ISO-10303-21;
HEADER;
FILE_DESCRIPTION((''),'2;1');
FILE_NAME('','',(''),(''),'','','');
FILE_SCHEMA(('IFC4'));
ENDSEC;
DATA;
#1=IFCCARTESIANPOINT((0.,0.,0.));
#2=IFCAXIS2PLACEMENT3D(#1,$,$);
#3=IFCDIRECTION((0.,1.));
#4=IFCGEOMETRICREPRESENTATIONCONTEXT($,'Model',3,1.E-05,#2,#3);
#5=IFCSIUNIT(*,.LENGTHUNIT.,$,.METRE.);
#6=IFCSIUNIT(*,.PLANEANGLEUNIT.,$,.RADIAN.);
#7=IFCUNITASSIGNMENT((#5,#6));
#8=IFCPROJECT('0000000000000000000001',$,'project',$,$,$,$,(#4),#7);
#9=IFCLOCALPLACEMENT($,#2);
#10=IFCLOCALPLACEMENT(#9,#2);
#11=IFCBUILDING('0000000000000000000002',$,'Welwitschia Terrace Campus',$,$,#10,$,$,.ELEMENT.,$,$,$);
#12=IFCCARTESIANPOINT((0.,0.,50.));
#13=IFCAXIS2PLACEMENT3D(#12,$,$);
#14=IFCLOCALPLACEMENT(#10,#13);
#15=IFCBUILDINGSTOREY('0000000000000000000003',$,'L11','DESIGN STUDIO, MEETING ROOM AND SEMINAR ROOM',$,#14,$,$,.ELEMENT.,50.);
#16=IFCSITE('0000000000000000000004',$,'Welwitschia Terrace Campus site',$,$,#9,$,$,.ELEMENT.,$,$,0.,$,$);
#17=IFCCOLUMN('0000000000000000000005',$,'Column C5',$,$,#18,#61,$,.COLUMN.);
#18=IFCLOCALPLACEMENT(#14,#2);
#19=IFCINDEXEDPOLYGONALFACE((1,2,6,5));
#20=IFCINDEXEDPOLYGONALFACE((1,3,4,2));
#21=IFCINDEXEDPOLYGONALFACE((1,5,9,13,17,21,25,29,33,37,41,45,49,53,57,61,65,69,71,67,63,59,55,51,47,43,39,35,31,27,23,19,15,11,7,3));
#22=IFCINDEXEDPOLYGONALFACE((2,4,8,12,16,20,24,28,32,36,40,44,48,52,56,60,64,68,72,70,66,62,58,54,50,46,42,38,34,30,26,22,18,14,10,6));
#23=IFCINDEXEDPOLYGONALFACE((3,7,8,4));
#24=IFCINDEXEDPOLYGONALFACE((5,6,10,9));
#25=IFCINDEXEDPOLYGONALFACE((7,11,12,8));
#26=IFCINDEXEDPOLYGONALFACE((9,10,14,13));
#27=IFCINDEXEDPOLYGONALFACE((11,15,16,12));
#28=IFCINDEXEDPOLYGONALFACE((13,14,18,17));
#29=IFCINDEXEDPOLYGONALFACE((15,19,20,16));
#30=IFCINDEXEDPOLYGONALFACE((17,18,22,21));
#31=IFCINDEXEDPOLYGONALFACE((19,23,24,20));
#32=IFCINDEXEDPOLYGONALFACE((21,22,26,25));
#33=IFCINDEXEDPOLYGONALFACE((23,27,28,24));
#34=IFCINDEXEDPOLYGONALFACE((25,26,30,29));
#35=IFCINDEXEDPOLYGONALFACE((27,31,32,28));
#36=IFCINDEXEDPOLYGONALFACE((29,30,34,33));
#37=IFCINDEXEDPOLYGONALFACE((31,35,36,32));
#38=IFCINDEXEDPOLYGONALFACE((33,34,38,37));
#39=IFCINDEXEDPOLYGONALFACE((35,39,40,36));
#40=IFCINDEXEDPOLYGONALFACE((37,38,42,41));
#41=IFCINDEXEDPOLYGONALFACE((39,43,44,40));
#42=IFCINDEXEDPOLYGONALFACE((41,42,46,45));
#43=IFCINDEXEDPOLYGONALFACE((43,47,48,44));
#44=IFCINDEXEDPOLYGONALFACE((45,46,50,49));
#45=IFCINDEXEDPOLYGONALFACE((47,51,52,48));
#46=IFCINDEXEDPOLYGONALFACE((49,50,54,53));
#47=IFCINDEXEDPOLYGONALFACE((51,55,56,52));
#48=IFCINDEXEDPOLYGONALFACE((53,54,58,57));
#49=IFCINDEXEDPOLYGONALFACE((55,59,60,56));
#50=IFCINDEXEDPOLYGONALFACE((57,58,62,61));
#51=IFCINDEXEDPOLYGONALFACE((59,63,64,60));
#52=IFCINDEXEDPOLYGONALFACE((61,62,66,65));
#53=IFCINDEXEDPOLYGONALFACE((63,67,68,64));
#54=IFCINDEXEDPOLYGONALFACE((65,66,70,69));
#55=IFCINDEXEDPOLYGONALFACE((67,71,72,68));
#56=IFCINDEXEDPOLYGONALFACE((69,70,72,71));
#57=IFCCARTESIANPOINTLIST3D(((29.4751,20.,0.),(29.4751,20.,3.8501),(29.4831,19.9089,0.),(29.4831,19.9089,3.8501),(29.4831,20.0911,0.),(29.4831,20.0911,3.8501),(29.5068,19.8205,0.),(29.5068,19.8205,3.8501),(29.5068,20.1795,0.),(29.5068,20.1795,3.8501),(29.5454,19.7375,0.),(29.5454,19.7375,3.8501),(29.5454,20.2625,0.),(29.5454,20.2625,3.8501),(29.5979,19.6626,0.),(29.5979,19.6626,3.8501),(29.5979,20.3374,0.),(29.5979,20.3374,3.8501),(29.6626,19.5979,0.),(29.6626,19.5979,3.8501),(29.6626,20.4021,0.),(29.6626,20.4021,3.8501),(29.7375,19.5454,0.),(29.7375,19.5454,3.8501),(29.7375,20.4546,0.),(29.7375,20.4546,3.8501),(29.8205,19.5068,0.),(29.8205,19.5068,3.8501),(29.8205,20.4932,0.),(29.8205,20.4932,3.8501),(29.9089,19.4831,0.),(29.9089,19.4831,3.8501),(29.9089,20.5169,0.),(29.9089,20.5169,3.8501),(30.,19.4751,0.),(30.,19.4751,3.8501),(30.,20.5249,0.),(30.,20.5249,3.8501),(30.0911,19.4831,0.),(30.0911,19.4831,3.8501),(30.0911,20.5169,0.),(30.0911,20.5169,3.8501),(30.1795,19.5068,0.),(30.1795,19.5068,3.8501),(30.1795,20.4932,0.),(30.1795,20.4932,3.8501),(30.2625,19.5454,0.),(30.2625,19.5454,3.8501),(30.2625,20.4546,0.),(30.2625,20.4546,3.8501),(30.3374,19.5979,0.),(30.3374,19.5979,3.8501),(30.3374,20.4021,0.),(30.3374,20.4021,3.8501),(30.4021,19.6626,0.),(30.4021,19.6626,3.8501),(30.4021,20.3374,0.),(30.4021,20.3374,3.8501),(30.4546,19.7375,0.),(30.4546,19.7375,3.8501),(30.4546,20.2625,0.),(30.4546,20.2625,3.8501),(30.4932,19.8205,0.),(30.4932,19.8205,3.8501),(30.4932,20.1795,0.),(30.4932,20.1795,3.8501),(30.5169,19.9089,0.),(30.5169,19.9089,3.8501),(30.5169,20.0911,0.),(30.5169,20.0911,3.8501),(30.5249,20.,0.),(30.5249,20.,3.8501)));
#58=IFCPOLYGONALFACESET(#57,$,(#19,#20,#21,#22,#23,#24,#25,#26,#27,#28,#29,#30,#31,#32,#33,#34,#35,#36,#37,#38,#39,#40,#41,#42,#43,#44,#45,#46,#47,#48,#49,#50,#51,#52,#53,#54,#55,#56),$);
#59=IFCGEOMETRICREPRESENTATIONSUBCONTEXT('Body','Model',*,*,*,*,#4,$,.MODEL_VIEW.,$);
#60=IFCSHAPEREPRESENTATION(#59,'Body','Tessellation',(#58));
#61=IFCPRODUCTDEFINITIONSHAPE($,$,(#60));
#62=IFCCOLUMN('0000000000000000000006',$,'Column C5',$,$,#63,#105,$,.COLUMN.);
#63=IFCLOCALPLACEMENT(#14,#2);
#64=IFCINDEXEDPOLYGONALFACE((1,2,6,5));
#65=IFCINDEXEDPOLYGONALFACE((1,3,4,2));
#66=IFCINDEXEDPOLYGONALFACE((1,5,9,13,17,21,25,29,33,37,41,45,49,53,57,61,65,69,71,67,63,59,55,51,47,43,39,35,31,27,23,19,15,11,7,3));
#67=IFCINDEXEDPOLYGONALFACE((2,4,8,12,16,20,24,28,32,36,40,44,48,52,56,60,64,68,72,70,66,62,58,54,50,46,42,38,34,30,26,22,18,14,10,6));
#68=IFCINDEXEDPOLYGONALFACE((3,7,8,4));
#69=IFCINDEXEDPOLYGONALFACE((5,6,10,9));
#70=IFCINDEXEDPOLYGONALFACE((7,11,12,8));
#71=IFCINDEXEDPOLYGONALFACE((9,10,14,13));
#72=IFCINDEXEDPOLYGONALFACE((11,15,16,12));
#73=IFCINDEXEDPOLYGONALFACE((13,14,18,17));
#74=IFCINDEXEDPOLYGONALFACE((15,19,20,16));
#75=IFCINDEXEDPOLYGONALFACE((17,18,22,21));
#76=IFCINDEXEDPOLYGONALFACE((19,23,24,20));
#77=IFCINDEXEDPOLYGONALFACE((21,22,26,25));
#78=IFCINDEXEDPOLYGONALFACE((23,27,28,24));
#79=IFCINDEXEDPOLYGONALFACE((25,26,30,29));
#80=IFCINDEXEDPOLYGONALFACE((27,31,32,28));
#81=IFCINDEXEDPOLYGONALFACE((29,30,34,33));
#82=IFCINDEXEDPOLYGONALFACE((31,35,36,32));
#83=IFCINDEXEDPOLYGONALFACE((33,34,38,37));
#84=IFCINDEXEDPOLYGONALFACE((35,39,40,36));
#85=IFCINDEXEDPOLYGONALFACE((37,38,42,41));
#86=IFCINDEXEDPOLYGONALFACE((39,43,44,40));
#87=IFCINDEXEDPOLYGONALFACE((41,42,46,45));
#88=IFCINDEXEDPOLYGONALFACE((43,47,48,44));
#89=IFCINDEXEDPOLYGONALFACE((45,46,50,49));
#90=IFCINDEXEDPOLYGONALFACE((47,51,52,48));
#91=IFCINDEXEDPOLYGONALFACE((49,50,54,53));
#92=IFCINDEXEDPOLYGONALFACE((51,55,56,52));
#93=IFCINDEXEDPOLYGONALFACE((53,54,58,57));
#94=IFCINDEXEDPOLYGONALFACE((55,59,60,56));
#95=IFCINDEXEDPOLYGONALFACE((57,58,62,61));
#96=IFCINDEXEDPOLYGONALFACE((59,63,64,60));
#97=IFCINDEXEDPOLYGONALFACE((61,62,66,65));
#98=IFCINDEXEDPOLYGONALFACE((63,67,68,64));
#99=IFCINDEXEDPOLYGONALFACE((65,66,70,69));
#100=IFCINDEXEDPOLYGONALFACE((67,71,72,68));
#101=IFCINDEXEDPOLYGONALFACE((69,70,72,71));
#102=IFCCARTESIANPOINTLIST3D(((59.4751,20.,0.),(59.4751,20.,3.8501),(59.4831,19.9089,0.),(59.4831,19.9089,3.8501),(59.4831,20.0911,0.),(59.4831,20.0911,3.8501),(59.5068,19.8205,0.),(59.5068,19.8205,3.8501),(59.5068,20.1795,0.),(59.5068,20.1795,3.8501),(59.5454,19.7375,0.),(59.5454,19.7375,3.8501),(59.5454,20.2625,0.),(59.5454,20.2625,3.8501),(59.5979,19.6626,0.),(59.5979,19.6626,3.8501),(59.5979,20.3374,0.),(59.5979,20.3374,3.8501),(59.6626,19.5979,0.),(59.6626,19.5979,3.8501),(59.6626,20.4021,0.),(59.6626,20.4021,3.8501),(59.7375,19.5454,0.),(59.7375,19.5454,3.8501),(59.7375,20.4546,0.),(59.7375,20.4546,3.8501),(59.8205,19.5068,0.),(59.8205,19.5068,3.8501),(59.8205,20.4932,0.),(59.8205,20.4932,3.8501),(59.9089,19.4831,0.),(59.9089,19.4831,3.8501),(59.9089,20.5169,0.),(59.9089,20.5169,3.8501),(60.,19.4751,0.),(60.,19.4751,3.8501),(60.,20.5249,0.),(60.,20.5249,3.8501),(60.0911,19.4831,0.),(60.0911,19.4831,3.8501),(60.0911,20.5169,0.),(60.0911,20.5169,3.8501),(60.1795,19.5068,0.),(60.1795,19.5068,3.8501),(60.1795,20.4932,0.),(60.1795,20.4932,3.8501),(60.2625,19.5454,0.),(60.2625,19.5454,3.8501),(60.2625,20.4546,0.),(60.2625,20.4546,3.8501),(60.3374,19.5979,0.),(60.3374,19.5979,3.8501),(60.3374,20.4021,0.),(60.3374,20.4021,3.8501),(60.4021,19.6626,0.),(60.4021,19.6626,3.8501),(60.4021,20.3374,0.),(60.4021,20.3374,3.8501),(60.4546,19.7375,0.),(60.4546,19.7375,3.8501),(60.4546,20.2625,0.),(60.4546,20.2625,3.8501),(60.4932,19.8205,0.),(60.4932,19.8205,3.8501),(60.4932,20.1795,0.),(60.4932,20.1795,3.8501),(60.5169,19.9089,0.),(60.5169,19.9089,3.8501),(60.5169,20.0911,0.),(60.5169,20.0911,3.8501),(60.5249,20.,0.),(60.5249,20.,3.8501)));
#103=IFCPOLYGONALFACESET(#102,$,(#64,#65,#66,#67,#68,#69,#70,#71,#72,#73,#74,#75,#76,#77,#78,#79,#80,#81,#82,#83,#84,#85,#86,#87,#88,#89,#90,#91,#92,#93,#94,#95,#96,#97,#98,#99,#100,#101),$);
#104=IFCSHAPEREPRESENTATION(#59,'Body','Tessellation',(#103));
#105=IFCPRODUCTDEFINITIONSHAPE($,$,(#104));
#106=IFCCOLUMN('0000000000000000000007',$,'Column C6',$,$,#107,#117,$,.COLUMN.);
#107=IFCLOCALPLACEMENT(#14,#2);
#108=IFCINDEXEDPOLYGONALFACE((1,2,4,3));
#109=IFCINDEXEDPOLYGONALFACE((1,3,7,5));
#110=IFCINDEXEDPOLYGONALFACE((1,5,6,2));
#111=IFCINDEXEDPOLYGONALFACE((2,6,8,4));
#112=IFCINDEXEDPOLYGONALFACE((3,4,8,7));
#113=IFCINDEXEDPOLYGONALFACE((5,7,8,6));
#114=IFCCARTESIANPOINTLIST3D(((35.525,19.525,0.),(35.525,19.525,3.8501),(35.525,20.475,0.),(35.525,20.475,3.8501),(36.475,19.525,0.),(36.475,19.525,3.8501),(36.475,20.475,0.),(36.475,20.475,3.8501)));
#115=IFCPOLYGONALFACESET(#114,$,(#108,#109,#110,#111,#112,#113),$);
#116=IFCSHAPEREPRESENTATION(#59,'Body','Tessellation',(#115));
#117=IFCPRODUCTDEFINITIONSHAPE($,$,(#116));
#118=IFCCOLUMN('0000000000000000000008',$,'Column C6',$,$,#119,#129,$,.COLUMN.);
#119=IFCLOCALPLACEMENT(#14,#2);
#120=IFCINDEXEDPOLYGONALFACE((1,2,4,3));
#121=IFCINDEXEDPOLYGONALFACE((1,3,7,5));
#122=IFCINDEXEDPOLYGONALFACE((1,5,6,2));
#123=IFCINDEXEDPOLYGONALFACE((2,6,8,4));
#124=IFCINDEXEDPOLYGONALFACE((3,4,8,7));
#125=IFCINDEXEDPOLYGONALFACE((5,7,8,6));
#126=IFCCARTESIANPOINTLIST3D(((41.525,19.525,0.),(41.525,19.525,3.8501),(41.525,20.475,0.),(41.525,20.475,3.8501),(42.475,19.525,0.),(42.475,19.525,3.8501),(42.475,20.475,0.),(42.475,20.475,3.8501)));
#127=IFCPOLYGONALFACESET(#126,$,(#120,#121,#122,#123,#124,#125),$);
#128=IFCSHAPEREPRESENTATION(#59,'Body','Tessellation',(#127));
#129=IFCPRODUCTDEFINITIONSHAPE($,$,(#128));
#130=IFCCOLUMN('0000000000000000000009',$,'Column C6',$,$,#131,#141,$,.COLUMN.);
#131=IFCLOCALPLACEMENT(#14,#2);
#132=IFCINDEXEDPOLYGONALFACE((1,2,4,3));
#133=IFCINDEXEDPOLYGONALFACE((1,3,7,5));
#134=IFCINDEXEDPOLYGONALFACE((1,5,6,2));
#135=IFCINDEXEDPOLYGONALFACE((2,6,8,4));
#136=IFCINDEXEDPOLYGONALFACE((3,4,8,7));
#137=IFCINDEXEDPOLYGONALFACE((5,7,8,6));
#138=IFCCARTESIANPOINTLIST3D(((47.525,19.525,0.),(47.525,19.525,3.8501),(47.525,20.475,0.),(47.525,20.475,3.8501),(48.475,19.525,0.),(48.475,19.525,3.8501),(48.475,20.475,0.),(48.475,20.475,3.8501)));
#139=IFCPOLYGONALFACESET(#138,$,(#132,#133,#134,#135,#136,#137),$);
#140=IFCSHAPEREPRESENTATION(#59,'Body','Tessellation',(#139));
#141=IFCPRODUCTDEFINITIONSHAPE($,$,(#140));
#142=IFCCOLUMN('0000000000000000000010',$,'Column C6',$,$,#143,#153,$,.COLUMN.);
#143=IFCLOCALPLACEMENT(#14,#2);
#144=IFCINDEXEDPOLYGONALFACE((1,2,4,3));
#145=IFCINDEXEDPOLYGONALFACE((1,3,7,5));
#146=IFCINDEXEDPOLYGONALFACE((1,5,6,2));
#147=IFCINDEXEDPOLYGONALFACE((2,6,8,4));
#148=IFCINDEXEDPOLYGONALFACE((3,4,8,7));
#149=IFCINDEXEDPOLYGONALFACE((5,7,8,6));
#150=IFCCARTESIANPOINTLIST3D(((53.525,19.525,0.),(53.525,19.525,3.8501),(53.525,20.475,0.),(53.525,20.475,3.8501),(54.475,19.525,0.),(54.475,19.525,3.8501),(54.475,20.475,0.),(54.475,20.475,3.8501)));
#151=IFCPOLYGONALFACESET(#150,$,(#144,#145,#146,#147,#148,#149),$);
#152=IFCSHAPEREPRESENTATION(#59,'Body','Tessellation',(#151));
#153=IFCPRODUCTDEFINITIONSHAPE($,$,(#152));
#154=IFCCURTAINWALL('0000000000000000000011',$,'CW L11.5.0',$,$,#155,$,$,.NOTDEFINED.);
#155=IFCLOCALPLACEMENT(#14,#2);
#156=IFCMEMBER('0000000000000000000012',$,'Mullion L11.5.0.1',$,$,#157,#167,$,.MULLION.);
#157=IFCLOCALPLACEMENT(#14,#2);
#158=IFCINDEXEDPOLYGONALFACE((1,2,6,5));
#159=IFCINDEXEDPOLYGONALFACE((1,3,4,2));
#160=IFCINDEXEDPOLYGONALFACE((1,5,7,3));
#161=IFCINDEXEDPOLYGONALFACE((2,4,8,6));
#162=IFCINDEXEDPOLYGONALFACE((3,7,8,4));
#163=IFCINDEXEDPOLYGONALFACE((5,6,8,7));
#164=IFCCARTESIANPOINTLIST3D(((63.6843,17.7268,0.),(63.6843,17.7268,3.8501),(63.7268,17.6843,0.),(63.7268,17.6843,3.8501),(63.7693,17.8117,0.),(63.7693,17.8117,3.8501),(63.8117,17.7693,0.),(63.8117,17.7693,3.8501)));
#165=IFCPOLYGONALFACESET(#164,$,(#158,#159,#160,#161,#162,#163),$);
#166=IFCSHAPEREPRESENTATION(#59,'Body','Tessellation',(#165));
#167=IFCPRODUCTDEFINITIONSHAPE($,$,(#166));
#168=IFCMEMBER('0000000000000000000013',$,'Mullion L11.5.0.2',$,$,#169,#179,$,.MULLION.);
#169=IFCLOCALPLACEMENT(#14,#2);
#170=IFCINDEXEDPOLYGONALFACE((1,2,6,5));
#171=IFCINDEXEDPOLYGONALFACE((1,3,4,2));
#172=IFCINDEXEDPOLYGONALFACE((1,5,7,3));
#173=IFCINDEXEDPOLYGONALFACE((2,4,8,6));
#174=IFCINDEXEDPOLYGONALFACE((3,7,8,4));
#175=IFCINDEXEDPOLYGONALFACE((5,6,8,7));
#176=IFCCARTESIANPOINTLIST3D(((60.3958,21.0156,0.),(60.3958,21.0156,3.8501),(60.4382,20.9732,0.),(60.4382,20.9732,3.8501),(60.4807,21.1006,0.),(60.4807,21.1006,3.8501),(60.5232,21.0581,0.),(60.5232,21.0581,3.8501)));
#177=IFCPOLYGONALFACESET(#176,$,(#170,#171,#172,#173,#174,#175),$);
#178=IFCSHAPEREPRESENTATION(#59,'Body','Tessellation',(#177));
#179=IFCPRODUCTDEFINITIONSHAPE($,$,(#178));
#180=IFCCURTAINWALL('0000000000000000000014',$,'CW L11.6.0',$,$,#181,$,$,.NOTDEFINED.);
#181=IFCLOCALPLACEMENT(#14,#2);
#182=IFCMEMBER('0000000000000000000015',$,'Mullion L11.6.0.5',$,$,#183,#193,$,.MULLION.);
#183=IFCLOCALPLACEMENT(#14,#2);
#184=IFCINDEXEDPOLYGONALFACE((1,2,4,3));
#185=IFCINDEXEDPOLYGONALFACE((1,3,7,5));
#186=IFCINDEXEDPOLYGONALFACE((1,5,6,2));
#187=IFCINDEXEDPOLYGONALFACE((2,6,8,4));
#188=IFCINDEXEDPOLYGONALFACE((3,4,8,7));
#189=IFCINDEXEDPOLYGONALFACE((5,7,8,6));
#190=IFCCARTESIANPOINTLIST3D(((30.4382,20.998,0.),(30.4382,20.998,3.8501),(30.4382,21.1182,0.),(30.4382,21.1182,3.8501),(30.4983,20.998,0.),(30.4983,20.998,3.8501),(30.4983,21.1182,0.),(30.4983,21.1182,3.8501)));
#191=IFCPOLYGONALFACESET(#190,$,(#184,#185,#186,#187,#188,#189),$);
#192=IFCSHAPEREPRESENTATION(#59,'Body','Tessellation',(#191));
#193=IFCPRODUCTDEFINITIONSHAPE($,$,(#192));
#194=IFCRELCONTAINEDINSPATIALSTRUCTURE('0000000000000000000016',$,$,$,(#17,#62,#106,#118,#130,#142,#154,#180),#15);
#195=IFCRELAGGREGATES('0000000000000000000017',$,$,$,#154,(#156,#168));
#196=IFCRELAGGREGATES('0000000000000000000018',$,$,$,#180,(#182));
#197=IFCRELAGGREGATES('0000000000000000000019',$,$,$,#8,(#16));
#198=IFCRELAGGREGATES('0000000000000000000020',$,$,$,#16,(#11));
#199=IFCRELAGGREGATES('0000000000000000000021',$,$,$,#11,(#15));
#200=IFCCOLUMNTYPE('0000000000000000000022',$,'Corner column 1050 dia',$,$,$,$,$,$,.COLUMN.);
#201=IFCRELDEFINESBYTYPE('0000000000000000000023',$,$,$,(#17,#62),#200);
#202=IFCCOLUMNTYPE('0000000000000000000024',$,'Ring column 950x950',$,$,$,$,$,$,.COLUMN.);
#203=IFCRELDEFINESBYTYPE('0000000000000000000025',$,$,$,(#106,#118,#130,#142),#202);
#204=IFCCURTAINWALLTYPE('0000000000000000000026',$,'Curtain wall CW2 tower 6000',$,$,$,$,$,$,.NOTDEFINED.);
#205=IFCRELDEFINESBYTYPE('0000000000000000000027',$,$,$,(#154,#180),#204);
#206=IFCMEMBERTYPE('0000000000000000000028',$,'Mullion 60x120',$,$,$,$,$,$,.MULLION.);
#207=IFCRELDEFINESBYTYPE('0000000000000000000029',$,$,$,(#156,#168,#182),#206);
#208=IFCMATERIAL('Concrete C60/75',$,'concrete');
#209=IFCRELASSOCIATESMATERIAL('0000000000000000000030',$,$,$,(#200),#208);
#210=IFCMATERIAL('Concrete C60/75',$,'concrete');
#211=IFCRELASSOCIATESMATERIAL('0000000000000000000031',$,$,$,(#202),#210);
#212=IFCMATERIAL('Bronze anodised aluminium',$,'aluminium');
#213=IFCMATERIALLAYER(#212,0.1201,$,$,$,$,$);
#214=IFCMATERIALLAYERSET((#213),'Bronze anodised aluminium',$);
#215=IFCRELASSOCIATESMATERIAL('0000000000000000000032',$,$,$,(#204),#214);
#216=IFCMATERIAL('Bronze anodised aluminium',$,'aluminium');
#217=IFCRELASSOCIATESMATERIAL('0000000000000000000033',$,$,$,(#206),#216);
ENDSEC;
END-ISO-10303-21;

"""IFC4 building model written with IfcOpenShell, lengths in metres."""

from ifc_helpers import new_model, si_unit, direction, frame, origin, origin_2d, place, context, subcontext, project, spatial, rectangle, circle, extrude, material, layer, layer_set, material_profile, profile_set, type_object, element, aggregate, save


model = new_model("IFC4")

# Units and contexts
model_context = context("Model", 3, precision=1e-05, world=origin(), true_north=direction((0.0, 1.0)))
body_context = subcontext(model_context, "Body", "Model", "MODEL_VIEW")
ifc_project = project(units=[si_unit("LENGTHUNIT", "METRE"), si_unit("PLANEANGLEUNIT", "RADIAN")], contexts=[model_context])

# Site, building, storey
site_placement = place(None, origin())
site = spatial("IfcSite", under=ifc_project, at=site_placement, Name="Welwitschia Terrace Campus site", CompositionType="ELEMENT", RefElevation=0.0)
building_placement = place(site_placement, origin())
building = spatial("IfcBuilding", under=site, at=building_placement, Name="Welwitschia Terrace Campus", CompositionType="ELEMENT")
storey_placement = place(building_placement, frame((0.0, 0.0, 50.0)))
storey = spatial("IfcBuildingStorey", under=building, at=storey_placement, Name="L11", Description="DESIGN STUDIO, MEETING ROOM AND SEMINAR ROOM", CompositionType="ELEMENT", Elevation=50.0)

# Columns
ifc_material_1 = material(Name="Concrete C60/75", Category="concrete")
ifc_material_profile_1 = material_profile(ifc_material_1, circle(Radius=0.5249, at=origin_2d()))
ifc_profile_set_1 = profile_set([ifc_material_profile_1], Name="Concrete C60/75")
column_type_1 = type_object("IfcColumnType", Name="Corner column 1050 dia", PredefinedType="COLUMN", material=ifc_profile_set_1)
for number, where, z_axis, x_axis, name in (
    (1, (30.0, 20.0, 0.0), (0.0, 0.0, 1.0), (1.0, 0.0, 0.0), "Column C5"),
    (2, (60.0, 20.0, 0.0), (0.0, 0.0, 1.0), (1.0, 0.0, 0.0), "Column C5"),
):
    element("IfcColumn", number, at=place(storey_placement, frame(where, z_axis=z_axis, x_axis=x_axis)), inside=storey, type_object=column_type_1, Name=name, PredefinedType="COLUMN", context=body_context, shape_type="SweptSolid", body=[
        extrude(circle(Radius=0.5249, at=origin_2d()), origin(), (0.0, 0.0, 1.0), 3.8501),
    ])
ifc_material_2 = material(Name="Concrete C60/75", Category="concrete")
ifc_material_profile_2 = material_profile(ifc_material_2, rectangle(XDim=0.95, YDim=0.95, at=origin_2d()))
ifc_profile_set_2 = profile_set([ifc_material_profile_2], Name="Concrete C60/75")
column_type_2 = type_object("IfcColumnType", Name="Ring column 950x950", PredefinedType="COLUMN", material=ifc_profile_set_2)
for number, where, z_axis, x_axis, name in (
    (3, (36.0, 20.0, 0.0), (0.0, 0.0, 1.0), (1.0, 0.0, 0.0), "Column C6"),
    (4, (42.0, 20.0, 0.0), (0.0, 0.0, 1.0), (1.0, 0.0, 0.0), "Column C6"),
    (5, (48.0, 20.0, 0.0), (0.0, 0.0, 1.0), (1.0, 0.0, 0.0), "Column C6"),
    (6, (54.0, 20.0, 0.0), (0.0, 0.0, 1.0), (1.0, 0.0, 0.0), "Column C6"),
):
    element("IfcColumn", number, at=place(storey_placement, frame(where, z_axis=z_axis, x_axis=x_axis)), inside=storey, type_object=column_type_2, Name=name, PredefinedType="COLUMN", context=body_context, shape_type="SweptSolid", body=[
        extrude(rectangle(XDim=0.95, YDim=0.95, at=origin_2d()), origin(), (0.0, 0.0, 1.0), 3.8501),
    ])

# Curtain wall, members
ifc_material_3 = material(Name="Bronze anodised aluminium", Category="aluminium")
ifc_layer_1 = layer(ifc_material_3, 0.1201)
ifc_layer_set_1 = layer_set([ifc_layer_1], Name="Bronze anodised aluminium")
curtain_wall_type = type_object("IfcCurtainWallType", Name="Curtain wall CW2 tower 6000", PredefinedType="NOTDEFINED", material=ifc_layer_set_1)
curtain_wall_1_placement = place(storey_placement, origin())
curtain_wall_1 = element("IfcCurtainWall", 7, at=curtain_wall_1_placement, inside=storey, type_object=curtain_wall_type, Name="CW L11.5.0", PredefinedType="NOTDEFINED")
ifc_material_4 = material(Name="Bronze anodised aluminium", Category="aluminium")
ifc_material_profile_3 = material_profile(ifc_material_4, rectangle(XDim=0.1201, YDim=0.0601, at=origin_2d()))
ifc_profile_set_3 = profile_set([ifc_material_profile_3], Name="Bronze anodised aluminium")
member_type_1 = type_object("IfcMemberType", Name="Mullion 60x120", PredefinedType="MULLION", material=ifc_profile_set_3)
member_1_placement = place(storey_placement, frame((63.748, 17.748, 0.0), z_axis=(0.0, 0.0, 1.0), x_axis=(-0.707107, -0.707107, 0.0)))
member_1 = element("IfcMember", 8, at=member_1_placement, type_object=member_type_1, Name="Mullion L11.5.0.1", PredefinedType="MULLION", context=body_context, shape_type="SweptSolid", body=[
    extrude(rectangle(XDim=0.1201, YDim=0.0601, at=origin_2d()), origin(), (0.0, 0.0, 1.0), 3.8501),
])
member_2_placement = place(storey_placement, frame((60.4595, 21.0369, 0.0), z_axis=(0.0, 0.0, 1.0), x_axis=(-0.707107, -0.707107, 0.0)))
member_2 = element("IfcMember", 9, at=member_2_placement, type_object=member_type_1, Name="Mullion L11.5.0.2", PredefinedType="MULLION", context=body_context, shape_type="SweptSolid", body=[
    extrude(rectangle(XDim=0.1201, YDim=0.0601, at=origin_2d()), origin(), (0.0, 0.0, 1.0), 3.8501),
])

# Curtain wall, member
curtain_wall_2_placement = place(storey_placement, origin())
curtain_wall_2 = element("IfcCurtainWall", 10, at=curtain_wall_2_placement, inside=storey, type_object=curtain_wall_type, Name="CW L11.6.0", PredefinedType="NOTDEFINED")
member_3_placement = place(storey_placement, frame((30.4683, 21.0581, 0.0), z_axis=(0.0, 0.0, 1.0), x_axis=(0.0, -1.0, 0.0)))
member_3 = element("IfcMember", 11, at=member_3_placement, type_object=member_type_1, Name="Mullion L11.6.0.5", PredefinedType="MULLION", context=body_context, shape_type="SweptSolid", body=[
    extrude(rectangle(XDim=0.1201, YDim=0.0601, at=origin_2d()), origin(), (0.0, 0.0, 1.0), 3.8501),
])

aggregate(curtain_wall_1, [member_1, member_2])
aggregate(curtain_wall_2, [member_3])

save(model, "model.ifc")
